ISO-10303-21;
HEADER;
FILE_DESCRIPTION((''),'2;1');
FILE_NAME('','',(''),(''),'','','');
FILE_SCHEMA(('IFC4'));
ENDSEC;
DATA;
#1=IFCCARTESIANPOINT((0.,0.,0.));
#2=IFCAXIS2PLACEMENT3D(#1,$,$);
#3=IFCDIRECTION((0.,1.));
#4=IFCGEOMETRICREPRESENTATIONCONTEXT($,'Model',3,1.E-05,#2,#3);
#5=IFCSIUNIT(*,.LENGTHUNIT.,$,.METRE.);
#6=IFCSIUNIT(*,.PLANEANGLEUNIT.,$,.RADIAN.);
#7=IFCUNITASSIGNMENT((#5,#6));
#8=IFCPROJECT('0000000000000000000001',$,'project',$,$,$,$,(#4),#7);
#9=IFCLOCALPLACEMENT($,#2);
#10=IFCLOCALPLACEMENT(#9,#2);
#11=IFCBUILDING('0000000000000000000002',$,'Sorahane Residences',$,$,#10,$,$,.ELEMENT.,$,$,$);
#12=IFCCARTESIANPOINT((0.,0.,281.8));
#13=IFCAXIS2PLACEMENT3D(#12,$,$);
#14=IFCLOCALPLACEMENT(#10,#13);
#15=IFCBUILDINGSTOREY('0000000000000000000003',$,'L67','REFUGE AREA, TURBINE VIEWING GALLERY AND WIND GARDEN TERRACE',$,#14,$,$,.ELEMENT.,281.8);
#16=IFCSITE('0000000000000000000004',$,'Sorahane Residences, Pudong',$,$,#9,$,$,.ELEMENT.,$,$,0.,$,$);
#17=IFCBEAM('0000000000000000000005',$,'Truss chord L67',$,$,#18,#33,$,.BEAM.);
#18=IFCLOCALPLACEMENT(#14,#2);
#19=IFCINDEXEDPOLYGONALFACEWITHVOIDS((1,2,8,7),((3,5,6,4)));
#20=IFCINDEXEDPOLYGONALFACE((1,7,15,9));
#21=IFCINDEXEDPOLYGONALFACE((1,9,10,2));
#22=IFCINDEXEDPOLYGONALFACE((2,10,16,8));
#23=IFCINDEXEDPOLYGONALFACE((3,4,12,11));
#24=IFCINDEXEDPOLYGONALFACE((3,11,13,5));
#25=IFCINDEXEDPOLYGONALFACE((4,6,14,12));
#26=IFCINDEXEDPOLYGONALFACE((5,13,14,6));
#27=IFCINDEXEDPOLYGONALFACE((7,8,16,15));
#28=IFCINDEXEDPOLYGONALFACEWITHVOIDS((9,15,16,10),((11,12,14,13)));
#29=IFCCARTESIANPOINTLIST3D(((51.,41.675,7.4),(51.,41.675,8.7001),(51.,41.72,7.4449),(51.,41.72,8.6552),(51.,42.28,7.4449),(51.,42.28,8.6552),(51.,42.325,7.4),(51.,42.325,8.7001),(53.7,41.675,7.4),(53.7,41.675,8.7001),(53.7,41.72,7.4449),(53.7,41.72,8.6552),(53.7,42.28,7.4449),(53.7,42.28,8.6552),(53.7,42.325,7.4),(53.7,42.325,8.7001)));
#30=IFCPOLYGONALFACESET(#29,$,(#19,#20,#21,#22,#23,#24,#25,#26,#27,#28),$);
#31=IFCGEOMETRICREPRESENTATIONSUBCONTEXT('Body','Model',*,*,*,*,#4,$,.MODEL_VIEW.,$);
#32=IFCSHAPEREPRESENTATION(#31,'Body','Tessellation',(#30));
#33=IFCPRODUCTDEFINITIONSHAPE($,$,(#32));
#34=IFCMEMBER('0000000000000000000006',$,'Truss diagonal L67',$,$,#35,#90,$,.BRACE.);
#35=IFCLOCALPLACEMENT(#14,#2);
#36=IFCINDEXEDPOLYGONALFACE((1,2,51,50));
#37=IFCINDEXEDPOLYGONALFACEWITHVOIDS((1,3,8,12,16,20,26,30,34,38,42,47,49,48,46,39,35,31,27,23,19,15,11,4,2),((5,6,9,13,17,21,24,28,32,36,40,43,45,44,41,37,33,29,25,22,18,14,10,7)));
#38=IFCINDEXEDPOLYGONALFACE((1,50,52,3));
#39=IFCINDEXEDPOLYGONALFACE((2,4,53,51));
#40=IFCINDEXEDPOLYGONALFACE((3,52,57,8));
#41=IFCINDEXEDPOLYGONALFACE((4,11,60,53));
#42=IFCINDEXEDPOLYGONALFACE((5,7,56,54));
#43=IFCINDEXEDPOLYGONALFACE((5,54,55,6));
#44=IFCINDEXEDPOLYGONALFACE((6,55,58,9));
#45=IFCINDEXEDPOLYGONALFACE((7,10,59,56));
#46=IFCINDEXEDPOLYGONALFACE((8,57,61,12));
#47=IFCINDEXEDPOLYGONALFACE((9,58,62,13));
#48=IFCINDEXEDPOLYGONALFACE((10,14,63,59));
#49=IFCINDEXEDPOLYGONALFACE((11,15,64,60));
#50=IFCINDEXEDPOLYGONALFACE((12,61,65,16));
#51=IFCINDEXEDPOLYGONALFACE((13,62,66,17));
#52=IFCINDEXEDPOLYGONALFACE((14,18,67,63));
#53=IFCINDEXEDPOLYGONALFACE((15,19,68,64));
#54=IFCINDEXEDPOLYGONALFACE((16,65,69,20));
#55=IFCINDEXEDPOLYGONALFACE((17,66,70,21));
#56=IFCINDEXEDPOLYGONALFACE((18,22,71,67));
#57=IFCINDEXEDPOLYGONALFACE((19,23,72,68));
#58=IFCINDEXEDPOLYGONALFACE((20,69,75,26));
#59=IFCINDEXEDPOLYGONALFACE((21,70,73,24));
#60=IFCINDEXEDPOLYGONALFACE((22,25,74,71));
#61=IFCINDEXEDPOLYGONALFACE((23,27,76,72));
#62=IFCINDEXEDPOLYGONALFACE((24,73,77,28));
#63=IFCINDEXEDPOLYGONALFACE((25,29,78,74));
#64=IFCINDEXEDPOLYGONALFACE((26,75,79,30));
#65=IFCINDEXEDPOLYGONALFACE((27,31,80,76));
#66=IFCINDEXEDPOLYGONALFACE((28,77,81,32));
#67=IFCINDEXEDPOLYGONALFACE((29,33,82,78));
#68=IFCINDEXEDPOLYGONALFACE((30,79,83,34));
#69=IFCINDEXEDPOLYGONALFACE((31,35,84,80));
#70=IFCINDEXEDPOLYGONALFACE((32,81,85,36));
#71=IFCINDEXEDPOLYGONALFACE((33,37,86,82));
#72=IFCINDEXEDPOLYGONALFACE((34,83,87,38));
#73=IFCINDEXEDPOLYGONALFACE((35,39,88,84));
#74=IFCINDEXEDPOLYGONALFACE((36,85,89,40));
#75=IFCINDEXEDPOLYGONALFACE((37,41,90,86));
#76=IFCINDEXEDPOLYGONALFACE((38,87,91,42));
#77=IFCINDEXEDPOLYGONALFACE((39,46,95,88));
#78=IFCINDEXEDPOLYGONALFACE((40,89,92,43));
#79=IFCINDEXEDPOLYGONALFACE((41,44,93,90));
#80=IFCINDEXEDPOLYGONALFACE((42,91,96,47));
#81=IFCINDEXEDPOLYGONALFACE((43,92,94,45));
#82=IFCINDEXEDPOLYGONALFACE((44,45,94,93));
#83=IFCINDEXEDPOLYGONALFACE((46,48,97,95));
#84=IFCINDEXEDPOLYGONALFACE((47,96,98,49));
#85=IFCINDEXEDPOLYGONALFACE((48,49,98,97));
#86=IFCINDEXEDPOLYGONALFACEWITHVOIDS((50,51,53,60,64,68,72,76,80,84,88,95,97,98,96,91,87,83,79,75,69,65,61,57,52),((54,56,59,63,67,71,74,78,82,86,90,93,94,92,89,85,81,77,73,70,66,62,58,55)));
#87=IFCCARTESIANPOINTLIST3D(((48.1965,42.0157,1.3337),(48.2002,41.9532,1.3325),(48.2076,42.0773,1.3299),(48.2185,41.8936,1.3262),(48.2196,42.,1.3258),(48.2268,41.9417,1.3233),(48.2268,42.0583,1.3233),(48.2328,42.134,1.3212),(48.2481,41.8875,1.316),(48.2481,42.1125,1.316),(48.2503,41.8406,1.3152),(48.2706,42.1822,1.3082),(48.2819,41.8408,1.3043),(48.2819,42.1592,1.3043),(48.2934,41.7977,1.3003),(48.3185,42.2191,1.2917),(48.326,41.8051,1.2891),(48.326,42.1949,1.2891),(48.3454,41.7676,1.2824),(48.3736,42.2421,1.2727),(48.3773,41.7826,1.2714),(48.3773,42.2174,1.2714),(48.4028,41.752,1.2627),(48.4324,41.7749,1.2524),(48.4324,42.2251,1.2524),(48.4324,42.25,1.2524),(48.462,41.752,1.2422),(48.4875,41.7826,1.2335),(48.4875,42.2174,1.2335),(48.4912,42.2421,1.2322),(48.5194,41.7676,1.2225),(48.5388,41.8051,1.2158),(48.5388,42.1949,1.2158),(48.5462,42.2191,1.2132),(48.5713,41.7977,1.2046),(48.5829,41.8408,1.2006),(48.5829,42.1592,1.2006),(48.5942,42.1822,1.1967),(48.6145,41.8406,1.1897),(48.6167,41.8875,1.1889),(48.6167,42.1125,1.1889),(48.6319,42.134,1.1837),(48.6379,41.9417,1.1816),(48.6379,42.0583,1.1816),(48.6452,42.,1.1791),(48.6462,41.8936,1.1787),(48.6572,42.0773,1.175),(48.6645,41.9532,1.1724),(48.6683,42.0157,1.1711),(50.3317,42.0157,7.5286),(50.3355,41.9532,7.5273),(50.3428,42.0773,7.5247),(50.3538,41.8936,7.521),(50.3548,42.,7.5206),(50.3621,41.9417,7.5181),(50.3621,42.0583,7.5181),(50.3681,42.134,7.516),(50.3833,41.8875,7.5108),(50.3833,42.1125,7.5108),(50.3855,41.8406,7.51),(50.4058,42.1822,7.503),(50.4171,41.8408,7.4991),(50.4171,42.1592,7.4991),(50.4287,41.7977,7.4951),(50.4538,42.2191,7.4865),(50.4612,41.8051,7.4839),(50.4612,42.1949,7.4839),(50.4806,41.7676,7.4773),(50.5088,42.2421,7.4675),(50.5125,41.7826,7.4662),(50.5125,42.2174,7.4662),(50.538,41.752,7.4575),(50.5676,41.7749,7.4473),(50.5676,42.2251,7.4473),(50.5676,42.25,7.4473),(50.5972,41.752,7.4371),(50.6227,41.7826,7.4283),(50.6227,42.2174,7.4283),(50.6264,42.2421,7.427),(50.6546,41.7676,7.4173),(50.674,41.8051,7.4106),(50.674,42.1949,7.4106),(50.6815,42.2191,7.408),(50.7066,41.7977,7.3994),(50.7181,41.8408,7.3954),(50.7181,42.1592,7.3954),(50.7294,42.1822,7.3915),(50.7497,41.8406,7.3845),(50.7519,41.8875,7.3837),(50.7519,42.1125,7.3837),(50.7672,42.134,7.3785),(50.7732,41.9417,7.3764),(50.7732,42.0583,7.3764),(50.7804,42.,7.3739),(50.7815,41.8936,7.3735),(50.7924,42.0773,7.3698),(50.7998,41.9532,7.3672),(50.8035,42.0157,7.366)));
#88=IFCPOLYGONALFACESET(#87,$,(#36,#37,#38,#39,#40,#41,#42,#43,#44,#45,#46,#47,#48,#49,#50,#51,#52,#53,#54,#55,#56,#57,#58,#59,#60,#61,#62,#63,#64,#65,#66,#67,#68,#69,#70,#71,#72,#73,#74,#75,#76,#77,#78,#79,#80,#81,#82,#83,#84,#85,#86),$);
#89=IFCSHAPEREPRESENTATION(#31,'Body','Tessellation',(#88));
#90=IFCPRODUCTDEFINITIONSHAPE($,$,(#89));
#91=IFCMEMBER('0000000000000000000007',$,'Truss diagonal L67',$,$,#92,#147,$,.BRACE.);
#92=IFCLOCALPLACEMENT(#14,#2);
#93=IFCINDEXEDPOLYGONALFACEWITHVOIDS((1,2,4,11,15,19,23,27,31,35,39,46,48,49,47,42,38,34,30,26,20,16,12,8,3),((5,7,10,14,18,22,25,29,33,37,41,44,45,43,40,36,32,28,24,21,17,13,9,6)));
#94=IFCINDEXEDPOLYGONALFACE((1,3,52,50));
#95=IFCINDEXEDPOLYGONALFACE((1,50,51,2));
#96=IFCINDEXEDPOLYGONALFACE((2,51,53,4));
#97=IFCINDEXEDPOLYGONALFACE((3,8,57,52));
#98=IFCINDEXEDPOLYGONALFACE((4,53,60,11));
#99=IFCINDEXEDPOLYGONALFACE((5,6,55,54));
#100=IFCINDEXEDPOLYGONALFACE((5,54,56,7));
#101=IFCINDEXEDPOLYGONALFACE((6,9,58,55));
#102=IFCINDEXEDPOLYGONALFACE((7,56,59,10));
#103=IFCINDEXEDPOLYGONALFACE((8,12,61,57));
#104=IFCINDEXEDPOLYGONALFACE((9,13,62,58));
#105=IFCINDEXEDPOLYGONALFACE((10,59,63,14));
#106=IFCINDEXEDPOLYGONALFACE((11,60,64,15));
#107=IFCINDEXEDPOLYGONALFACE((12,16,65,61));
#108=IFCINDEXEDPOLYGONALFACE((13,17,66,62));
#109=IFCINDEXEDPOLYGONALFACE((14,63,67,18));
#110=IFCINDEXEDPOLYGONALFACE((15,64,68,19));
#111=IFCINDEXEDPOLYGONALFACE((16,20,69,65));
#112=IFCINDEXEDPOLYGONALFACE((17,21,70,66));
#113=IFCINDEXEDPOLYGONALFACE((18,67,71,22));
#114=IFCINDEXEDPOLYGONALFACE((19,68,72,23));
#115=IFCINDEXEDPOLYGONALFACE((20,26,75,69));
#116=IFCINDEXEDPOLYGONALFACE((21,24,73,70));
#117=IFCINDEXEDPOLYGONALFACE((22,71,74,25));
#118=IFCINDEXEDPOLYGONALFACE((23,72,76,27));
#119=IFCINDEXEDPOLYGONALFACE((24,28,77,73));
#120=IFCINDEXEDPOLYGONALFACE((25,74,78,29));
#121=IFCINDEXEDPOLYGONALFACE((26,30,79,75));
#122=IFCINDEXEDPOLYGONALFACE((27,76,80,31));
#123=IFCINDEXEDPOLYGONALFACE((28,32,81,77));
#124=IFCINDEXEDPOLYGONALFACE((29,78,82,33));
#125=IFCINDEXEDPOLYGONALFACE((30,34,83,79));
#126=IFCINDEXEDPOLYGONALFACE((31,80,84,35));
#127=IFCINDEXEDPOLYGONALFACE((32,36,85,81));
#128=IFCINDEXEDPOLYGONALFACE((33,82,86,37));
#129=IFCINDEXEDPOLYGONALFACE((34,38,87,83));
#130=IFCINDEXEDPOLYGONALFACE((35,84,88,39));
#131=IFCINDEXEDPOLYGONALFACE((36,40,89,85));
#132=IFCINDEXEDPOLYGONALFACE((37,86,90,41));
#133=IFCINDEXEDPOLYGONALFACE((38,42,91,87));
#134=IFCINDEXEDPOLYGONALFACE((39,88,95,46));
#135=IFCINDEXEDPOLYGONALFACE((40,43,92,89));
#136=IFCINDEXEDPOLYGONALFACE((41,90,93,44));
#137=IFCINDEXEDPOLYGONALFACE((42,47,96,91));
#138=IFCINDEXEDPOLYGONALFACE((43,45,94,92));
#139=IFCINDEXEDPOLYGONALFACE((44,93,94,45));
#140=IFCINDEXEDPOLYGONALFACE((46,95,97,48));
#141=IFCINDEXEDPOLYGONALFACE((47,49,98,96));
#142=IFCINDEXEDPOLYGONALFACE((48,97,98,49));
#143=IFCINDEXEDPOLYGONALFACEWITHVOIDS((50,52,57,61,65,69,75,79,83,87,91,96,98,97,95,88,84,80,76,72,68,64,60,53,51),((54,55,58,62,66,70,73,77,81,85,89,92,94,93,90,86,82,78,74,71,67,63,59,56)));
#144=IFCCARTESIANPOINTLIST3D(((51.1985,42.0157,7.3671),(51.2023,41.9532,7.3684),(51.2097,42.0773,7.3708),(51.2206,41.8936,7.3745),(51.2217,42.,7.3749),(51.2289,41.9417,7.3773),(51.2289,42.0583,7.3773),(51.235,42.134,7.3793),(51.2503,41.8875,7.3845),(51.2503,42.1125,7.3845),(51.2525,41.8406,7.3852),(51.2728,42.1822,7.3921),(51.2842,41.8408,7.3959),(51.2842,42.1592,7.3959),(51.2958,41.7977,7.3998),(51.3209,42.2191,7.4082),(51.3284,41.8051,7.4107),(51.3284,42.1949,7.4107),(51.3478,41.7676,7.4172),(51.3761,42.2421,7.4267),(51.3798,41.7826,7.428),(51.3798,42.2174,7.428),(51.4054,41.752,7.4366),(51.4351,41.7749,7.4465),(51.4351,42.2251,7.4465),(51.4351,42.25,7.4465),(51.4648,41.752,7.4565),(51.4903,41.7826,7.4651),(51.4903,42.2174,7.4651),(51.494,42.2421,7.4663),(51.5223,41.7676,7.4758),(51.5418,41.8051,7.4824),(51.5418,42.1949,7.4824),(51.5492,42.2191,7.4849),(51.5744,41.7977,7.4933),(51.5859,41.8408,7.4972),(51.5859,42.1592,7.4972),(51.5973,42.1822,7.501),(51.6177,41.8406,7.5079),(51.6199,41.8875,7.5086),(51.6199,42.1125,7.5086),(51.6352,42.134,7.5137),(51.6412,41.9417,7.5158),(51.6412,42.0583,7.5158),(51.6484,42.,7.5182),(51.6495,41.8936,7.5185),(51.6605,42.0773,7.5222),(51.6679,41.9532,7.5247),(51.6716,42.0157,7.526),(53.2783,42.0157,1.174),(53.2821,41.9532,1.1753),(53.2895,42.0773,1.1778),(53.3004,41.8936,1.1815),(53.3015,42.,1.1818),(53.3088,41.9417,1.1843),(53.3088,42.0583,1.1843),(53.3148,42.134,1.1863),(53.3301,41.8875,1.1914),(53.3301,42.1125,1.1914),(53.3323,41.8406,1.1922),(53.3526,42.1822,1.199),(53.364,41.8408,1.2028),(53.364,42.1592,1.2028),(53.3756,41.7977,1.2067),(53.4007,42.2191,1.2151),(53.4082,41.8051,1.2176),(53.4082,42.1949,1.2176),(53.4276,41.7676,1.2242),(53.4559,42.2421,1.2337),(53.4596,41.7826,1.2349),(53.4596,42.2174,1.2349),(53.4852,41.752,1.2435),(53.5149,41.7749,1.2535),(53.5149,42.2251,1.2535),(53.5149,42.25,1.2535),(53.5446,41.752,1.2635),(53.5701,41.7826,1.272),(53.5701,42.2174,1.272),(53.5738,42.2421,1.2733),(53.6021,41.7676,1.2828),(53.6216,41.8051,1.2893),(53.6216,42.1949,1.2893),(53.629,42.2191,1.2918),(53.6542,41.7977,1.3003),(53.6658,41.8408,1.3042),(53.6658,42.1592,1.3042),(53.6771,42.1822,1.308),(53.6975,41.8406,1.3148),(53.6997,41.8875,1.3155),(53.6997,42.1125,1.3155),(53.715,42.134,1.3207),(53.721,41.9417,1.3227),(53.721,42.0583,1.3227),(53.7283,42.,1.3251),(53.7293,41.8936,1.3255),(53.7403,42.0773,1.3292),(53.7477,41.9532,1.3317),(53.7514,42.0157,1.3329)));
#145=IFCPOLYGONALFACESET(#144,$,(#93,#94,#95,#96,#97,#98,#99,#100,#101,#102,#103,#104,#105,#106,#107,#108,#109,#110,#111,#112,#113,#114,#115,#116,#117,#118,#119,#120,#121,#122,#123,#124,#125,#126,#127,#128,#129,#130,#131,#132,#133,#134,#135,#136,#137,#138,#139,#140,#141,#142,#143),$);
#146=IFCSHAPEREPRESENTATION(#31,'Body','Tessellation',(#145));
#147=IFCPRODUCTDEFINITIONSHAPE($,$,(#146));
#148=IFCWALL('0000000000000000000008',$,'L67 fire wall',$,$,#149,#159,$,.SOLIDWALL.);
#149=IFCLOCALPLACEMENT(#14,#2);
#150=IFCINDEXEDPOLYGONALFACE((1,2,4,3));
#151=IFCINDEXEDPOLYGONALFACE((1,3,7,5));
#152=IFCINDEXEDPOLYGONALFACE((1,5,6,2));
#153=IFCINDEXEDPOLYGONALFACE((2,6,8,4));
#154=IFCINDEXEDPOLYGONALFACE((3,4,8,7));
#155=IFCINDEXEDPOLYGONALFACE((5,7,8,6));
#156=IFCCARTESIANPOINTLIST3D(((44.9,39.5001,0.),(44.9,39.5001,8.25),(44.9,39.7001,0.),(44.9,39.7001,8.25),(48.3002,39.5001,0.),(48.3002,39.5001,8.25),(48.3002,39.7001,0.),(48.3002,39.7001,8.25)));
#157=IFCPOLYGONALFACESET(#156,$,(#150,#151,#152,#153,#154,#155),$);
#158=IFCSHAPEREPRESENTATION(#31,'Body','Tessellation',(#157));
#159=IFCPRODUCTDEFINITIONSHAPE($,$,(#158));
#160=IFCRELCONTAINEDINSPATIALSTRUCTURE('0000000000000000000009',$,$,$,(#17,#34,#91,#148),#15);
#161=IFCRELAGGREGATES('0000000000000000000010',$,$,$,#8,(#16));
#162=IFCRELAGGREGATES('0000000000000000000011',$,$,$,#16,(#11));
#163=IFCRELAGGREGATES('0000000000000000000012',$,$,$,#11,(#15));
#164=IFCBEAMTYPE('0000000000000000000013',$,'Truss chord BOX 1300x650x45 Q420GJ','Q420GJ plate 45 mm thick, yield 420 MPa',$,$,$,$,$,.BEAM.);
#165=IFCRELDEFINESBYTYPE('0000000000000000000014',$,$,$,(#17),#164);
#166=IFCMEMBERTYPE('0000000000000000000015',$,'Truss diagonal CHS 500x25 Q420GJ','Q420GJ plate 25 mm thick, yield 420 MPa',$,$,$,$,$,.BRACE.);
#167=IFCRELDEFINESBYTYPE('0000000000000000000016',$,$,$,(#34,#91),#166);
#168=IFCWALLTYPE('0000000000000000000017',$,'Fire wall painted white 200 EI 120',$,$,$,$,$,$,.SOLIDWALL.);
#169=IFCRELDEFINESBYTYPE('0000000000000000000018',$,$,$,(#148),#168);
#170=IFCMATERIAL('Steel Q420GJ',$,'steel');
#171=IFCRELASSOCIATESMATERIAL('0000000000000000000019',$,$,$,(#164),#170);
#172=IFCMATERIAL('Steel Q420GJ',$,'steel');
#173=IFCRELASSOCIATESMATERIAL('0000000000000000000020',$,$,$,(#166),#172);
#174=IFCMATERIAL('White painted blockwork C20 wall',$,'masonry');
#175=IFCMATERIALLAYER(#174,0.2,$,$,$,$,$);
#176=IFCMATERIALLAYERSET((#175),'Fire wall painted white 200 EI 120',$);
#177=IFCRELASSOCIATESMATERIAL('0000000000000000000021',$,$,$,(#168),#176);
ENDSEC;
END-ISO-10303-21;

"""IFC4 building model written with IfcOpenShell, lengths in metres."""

from ifc_helpers import new_model, si_unit, direction, frame, frame_2d, origin, origin_2d, place, context, subcontext, project, spatial, rectangle, hollow_rectangle, hollow_circle, extrude, material, layer, layer_set, material_profile, profile_set, type_object, element, save


model = new_model("IFC4")

# Units and contexts
model_context = context("Model", 3, precision=1e-05, world=origin(), true_north=direction((0.0, 1.0)))
body_context = subcontext(model_context, "Body", "Model", "MODEL_VIEW")
ifc_project = project(units=[si_unit("LENGTHUNIT", "METRE"), si_unit("PLANEANGLEUNIT", "RADIAN")], contexts=[model_context])

# Site, building, storey
site_placement = place(None, origin())
site = spatial("IfcSite", under=ifc_project, at=site_placement, Name="Sorahane Residences, Pudong", CompositionType="ELEMENT", RefElevation=0.0)
building_placement = place(site_placement, origin())
building = spatial("IfcBuilding", under=site, at=building_placement, Name="Sorahane Residences", CompositionType="ELEMENT")
storey_placement = place(building_placement, frame((0.0, 0.0, 281.8)))
storey = spatial("IfcBuildingStorey", under=building, at=storey_placement, Name="L67", Description="REFUGE AREA, TURBINE VIEWING GALLERY AND WIND GARDEN TERRACE", CompositionType="ELEMENT", Elevation=281.8)

# Beam
ifc_material_1 = material(Name="Steel Q420GJ", Category="steel")
ifc_material_profile_1 = material_profile(ifc_material_1, hollow_rectangle(XDim=0.6499, YDim=1.3, WallThickness=0.0449, at=origin_2d()), Name="BOX 1300x650x45")
ifc_profile_set_1 = profile_set([ifc_material_profile_1], Name="Steel Q420GJ")
beam_type_1 = type_object("IfcBeamType", Name="Truss chord BOX 1300x650x45 Q420GJ", Description="Q420GJ plate 45 mm thick, yield 420 MPa", PredefinedType="BEAM", material=ifc_profile_set_1)
beam_1_placement = place(storey_placement, frame((51.0, 42.0, 8.05), z_axis=(1.0, 0.0, 0.0), x_axis=(0.0, 1.0, 0.0)))
element("IfcBeam", 1, at=beam_1_placement, inside=storey, type_object=beam_type_1, Name="Truss chord L67", PredefinedType="BEAM", context=body_context, shape_type="SweptSolid", body=[
    extrude(hollow_rectangle(XDim=0.6499, YDim=1.3, WallThickness=0.0449, at=origin_2d()), origin(), (0.0, 0.0, 1.0), 2.7),
])

# Members
ifc_material_2 = material(Name="Steel Q420GJ", Category="steel")
ifc_material_profile_2 = material_profile(ifc_material_2, hollow_circle(Radius=0.25, WallThickness=0.0249, at=origin_2d()), Name="CHS 500x25")
ifc_profile_set_2 = profile_set([ifc_material_profile_2], Name="Steel Q420GJ")
member_type_1 = type_object("IfcMemberType", Name="Truss diagonal CHS 500x25 Q420GJ", Description="Q420GJ plate 25 mm thick, yield 420 MPa", PredefinedType="BRACE", material=ifc_profile_set_2)
member_1_placement = place(storey_placement, frame((48.4324, 42.0, 1.2524), z_axis=(0.325869, 0.0, 0.945415), x_axis=(0.0, 1.0, 0.0)))
element("IfcMember", 2, at=member_1_placement, inside=storey, type_object=member_type_1, Name="Truss diagonal L67", PredefinedType="BRACE", context=body_context, shape_type="SweptSolid", body=[
    extrude(hollow_circle(Radius=0.25, WallThickness=0.0249, at=origin_2d()), origin(), (0.0, 0.0, 1.0), 6.5525),
])
member_2_placement = place(storey_placement, frame((51.4351, 42.0, 7.4465), z_axis=(0.318357, 0.0, -0.947971), x_axis=(0.0, 1.0, 0.0)))
element("IfcMember", 3, at=member_2_placement, inside=storey, type_object=member_type_1, Name="Truss diagonal L67", PredefinedType="BRACE", context=body_context, shape_type="SweptSolid", body=[
    extrude(hollow_circle(Radius=0.25, WallThickness=0.0249, at=origin_2d()), origin(), (0.0, 0.0, 1.0), 6.533),
])

# Wall
ifc_material_3 = material(Name="White painted blockwork C20 wall", Category="masonry")
ifc_layer_1 = layer(ifc_material_3, 0.2)
ifc_layer_set_1 = layer_set([ifc_layer_1], Name="Fire wall painted white 200 EI 120")
wall_type = type_object("IfcWallType", Name="Fire wall painted white 200 EI 120", PredefinedType="SOLIDWALL", material=ifc_layer_set_1)
wall_placement = place(storey_placement, frame((44.8999, 39.6001, 0.0), z_axis=(0.0, 0.0, 1.0), x_axis=(1.0, 0.0, 0.0)))
element("IfcWall", 4, at=wall_placement, inside=storey, type_object=wall_type, Name="L67 fire wall", PredefinedType="SOLIDWALL", context=body_context, shape_type="SweptSolid", body=[
    extrude(rectangle(XDim=3.4001, YDim=0.2, at=frame_2d((1.7002, 0.0))), origin(), (0.0, 0.0, 1.0), 8.25),
])

save(model, "model.ifc")
